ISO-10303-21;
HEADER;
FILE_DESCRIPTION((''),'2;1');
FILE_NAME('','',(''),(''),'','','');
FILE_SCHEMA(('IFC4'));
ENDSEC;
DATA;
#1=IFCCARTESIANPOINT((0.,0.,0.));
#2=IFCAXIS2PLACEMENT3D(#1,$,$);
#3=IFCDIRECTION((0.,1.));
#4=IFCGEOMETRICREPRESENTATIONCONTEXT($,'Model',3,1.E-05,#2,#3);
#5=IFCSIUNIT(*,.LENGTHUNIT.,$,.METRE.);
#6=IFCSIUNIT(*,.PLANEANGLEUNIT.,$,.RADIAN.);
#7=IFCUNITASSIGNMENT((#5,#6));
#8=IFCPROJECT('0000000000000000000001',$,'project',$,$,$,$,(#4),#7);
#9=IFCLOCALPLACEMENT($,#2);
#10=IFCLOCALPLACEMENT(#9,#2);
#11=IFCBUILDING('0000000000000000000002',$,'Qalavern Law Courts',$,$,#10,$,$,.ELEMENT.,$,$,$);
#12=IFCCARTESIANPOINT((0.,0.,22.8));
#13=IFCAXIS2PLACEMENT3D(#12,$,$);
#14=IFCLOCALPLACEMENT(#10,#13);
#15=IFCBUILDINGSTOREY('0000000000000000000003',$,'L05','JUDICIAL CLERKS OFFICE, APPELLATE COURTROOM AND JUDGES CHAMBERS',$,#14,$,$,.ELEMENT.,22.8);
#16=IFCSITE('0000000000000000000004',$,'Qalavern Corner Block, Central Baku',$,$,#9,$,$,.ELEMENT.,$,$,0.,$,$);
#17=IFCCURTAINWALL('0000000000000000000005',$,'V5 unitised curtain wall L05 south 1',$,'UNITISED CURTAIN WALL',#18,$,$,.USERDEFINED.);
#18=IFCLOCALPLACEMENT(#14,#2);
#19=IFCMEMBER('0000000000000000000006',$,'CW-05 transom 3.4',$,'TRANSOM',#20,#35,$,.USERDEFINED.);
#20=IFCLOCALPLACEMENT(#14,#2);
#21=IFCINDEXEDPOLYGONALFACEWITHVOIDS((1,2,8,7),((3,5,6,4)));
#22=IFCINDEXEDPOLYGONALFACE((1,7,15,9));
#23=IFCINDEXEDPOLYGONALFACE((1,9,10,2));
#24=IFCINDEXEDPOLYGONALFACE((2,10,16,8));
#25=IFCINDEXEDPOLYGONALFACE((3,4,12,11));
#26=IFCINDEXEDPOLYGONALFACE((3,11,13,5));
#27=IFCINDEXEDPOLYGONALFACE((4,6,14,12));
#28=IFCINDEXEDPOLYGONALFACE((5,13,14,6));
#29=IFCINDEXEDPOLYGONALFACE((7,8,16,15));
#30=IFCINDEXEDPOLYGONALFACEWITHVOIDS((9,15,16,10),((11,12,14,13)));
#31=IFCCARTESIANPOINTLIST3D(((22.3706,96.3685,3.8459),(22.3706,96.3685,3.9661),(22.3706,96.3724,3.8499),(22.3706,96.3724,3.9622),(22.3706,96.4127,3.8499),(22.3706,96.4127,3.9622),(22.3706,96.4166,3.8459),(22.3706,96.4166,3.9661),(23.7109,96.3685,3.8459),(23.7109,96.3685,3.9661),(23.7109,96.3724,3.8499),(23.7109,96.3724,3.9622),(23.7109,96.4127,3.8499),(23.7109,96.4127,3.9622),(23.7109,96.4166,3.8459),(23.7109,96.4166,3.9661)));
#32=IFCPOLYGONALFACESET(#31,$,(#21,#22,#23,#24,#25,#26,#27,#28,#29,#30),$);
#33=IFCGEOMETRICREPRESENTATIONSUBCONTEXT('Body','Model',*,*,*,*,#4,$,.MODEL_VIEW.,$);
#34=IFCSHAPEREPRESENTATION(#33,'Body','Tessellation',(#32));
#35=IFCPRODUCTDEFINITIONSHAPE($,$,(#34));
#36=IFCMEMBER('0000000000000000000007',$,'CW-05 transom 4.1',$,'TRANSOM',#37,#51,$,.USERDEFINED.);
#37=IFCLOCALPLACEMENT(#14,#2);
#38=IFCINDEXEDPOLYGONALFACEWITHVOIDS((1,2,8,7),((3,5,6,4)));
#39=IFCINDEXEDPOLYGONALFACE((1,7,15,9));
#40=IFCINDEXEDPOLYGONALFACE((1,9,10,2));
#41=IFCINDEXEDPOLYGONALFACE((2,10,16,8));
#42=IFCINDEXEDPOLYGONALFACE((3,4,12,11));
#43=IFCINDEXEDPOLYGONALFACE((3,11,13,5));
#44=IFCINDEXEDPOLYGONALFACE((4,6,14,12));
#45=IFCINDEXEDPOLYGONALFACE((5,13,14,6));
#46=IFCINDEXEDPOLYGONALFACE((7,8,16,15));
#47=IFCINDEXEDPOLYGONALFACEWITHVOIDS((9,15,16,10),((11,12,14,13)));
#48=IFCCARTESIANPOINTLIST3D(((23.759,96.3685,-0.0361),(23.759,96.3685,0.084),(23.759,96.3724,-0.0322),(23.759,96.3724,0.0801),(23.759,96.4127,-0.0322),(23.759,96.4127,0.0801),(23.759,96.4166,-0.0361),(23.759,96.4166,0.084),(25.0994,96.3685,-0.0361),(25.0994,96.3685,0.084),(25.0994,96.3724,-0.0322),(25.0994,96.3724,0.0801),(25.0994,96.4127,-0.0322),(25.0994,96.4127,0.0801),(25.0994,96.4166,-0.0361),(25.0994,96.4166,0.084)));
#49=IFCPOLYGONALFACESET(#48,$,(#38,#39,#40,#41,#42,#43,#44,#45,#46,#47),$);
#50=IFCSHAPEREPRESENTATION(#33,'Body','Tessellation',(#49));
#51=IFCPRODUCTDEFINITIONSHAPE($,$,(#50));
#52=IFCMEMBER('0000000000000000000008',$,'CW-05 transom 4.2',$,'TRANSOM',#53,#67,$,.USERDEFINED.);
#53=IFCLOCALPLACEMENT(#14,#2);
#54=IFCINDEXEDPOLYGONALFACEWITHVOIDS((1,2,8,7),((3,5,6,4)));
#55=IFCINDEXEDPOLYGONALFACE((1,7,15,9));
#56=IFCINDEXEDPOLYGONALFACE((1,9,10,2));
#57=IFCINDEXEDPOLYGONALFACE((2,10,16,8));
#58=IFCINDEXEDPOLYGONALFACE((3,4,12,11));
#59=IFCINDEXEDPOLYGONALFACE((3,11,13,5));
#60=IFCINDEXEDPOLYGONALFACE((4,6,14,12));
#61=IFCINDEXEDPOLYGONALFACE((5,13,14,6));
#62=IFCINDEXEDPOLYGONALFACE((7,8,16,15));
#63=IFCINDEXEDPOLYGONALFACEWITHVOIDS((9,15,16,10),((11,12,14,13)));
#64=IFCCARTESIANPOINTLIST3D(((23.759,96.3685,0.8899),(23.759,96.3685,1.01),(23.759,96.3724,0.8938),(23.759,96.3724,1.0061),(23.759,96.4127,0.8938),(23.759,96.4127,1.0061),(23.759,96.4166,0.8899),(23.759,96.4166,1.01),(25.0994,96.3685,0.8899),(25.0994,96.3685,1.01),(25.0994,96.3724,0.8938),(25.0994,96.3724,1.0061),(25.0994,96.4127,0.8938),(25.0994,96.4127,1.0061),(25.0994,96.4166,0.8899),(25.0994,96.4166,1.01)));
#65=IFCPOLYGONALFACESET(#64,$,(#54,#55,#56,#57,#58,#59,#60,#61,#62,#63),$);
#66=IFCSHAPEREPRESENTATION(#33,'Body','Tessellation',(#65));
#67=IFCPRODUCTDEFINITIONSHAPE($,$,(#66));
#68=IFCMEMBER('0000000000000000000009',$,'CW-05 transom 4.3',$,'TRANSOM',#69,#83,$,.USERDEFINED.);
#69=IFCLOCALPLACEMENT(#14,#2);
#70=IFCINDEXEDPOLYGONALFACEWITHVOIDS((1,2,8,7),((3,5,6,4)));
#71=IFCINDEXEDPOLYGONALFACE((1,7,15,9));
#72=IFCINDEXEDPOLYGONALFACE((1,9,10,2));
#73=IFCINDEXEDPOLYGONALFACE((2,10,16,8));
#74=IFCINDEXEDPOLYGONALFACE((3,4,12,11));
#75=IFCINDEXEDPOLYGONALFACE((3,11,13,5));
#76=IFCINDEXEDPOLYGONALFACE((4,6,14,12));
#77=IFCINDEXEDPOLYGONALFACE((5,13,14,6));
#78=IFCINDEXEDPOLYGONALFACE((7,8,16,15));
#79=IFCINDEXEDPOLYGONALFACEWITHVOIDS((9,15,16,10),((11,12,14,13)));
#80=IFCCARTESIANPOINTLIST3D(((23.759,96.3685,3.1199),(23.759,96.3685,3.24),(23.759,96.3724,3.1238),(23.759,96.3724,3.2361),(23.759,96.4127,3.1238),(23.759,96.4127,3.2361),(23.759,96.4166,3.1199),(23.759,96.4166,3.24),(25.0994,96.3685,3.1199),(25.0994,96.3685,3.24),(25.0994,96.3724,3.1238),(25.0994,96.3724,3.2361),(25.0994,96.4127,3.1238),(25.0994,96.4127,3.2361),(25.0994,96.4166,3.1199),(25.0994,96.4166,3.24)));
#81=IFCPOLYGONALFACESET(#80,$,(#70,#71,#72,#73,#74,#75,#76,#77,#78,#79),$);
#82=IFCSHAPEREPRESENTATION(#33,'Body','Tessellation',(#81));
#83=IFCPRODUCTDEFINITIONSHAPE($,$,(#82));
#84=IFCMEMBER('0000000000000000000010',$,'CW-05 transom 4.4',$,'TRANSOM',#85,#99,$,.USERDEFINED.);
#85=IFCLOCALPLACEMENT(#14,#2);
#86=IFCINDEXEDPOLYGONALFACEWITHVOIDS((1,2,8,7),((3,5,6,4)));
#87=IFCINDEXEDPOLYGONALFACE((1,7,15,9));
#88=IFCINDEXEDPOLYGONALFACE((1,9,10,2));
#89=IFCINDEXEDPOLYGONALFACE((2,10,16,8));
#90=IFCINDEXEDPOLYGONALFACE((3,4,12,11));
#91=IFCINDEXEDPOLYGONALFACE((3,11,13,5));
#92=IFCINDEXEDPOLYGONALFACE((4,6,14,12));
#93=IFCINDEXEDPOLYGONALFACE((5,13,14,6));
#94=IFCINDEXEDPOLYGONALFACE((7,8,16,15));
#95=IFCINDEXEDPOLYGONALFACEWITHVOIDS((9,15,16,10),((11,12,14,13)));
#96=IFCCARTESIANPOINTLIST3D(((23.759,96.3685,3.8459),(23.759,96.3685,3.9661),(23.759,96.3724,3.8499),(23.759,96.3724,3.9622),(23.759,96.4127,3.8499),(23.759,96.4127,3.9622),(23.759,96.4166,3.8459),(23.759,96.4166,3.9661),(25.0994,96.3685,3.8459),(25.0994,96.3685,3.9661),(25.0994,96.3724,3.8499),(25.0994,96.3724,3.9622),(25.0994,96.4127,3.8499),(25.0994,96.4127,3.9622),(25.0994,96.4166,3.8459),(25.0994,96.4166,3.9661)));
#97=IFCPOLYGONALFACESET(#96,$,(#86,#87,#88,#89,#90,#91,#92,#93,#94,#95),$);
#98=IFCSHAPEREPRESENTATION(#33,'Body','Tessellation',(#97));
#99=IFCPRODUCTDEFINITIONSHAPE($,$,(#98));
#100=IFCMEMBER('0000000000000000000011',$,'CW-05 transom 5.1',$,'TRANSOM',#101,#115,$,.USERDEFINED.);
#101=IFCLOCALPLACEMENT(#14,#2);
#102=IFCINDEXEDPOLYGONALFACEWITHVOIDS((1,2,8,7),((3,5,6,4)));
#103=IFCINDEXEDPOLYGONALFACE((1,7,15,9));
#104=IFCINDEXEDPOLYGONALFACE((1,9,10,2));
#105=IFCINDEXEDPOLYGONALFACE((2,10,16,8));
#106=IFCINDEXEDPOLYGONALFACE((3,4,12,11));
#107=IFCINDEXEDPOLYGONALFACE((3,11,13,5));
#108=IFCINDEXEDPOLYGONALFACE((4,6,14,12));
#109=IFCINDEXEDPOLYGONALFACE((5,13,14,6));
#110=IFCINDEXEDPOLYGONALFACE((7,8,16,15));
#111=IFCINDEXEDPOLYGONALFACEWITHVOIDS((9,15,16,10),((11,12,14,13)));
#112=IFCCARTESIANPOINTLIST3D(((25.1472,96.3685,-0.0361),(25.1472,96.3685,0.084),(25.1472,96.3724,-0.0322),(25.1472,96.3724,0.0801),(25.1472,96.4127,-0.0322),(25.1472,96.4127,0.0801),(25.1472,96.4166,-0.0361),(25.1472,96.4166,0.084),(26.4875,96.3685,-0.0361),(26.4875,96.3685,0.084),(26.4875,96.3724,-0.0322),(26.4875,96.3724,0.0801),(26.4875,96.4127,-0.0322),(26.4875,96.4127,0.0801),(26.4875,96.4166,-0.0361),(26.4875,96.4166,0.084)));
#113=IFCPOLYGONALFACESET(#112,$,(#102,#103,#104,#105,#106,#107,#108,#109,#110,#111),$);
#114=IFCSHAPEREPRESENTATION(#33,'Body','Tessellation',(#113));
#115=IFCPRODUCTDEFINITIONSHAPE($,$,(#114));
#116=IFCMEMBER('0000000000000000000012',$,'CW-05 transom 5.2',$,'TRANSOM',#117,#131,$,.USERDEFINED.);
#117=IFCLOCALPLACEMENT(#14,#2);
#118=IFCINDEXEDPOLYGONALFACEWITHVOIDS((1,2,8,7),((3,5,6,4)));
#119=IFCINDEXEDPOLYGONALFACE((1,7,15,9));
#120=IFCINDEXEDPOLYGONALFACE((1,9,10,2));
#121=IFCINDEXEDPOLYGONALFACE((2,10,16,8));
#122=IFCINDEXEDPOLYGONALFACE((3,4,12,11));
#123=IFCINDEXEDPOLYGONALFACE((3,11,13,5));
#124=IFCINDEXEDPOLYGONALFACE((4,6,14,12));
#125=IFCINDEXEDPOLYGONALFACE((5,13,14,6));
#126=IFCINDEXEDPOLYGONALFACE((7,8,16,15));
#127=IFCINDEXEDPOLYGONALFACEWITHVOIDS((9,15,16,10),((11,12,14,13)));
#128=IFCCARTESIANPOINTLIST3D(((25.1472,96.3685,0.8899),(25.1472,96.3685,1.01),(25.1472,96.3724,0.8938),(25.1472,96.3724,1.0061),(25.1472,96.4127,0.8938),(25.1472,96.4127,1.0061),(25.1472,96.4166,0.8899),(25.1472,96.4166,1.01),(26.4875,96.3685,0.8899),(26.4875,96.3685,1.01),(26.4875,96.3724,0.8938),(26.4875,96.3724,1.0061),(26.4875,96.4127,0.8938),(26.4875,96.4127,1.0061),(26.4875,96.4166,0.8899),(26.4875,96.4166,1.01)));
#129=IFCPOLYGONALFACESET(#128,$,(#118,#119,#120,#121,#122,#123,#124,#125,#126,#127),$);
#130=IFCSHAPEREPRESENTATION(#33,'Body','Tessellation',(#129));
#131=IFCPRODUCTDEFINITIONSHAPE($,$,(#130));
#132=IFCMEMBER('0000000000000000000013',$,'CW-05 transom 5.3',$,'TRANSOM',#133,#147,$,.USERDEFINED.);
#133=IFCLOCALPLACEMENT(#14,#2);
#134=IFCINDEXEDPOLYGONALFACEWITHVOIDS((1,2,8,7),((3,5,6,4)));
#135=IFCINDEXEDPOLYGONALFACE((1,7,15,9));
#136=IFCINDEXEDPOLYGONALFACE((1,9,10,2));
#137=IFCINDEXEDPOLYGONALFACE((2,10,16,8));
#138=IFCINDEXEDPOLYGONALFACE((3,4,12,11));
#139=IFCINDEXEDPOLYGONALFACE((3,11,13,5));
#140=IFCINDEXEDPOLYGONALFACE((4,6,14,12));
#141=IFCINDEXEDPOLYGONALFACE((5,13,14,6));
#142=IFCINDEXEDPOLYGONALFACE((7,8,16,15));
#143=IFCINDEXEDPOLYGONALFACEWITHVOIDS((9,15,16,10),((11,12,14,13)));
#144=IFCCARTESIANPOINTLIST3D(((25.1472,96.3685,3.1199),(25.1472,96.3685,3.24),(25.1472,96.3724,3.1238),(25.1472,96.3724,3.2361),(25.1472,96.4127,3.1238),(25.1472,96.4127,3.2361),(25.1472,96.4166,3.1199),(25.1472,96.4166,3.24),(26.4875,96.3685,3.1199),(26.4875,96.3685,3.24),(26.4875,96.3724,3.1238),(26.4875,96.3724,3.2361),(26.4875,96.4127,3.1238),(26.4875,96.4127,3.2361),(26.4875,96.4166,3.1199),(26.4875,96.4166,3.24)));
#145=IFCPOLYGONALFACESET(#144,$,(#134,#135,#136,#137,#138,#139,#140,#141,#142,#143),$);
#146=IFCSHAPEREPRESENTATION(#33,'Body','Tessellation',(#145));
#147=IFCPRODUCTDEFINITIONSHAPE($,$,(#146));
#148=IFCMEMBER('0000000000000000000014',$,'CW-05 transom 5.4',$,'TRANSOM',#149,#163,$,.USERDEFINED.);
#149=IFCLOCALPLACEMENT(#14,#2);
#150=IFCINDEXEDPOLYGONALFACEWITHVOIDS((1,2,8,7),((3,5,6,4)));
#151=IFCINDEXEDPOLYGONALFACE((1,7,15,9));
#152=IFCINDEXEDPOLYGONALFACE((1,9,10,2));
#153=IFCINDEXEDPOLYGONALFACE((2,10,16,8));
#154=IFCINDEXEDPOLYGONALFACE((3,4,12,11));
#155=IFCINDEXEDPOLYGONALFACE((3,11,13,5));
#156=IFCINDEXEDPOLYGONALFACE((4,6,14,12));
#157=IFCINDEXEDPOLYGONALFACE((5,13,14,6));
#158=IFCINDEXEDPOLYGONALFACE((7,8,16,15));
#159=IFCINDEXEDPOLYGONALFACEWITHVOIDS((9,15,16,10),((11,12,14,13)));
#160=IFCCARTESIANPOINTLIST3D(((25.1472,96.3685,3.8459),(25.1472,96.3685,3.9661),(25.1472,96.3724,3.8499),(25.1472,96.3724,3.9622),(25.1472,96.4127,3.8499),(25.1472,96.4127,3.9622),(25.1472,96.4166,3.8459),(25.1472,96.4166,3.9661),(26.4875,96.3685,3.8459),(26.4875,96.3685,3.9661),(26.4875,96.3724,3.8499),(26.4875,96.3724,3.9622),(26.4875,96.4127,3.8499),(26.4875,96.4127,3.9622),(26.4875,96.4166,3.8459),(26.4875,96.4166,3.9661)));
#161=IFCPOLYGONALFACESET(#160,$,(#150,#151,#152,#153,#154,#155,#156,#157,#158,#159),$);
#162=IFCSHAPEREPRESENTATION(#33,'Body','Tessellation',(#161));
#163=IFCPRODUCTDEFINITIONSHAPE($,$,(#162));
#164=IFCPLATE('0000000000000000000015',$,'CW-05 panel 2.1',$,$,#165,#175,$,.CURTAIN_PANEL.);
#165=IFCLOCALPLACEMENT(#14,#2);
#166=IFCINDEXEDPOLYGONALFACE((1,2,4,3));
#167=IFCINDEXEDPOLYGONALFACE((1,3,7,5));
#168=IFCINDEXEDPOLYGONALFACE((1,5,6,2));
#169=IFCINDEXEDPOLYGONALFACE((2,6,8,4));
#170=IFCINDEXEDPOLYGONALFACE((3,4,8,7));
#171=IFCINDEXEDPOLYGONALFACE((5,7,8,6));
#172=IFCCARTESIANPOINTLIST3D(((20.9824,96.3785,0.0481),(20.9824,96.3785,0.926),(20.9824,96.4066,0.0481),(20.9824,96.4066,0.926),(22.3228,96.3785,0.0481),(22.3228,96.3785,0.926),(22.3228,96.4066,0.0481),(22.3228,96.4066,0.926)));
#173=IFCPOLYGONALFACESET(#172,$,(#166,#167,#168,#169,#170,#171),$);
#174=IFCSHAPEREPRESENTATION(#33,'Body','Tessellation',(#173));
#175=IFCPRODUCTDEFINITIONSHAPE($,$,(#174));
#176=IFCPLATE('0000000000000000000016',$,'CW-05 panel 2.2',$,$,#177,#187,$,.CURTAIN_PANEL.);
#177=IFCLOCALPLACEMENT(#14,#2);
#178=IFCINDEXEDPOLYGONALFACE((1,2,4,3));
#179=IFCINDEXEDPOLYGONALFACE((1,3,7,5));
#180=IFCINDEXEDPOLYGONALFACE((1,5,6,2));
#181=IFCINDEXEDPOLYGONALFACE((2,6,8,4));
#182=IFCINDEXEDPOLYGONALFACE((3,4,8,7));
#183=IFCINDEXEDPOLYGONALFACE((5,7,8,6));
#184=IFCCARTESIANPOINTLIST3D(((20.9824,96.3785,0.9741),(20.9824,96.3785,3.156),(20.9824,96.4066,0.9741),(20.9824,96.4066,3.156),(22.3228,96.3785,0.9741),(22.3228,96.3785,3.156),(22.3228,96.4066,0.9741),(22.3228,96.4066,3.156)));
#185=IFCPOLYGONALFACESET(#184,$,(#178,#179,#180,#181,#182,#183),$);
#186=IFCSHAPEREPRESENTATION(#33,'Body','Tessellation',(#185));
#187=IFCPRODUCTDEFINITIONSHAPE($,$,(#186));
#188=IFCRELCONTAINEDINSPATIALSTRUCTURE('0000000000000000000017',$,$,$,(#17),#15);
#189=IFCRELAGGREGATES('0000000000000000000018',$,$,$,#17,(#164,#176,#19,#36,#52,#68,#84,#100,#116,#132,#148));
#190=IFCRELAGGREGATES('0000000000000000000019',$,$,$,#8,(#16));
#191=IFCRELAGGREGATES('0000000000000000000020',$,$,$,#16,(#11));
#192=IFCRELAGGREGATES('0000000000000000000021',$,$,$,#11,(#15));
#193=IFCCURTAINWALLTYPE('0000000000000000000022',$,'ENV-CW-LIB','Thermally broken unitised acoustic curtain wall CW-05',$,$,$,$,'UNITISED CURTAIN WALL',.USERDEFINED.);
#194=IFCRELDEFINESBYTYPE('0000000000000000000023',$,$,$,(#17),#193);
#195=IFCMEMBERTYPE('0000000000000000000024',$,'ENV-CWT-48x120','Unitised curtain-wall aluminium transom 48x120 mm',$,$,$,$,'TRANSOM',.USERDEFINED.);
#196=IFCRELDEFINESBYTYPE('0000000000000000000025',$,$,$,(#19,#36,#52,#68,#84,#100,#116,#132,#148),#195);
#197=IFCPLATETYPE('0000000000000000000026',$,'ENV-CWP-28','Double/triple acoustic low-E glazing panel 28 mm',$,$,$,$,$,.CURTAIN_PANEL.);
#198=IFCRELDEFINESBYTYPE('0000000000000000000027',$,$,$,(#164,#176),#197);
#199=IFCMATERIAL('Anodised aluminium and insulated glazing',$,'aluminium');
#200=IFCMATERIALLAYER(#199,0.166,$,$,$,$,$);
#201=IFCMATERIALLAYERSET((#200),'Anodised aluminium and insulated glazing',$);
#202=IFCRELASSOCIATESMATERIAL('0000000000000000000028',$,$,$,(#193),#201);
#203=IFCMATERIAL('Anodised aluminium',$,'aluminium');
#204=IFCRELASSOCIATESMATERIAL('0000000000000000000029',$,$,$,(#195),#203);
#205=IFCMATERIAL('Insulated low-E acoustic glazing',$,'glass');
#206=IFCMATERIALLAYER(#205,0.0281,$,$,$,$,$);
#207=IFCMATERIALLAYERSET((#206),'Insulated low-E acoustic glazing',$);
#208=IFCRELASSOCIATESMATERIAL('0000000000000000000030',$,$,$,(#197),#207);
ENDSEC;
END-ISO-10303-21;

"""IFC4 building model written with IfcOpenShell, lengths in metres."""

from ifc_helpers import new_model, si_unit, direction, frame, origin, origin_2d, place, context, subcontext, project, spatial, rectangle, hollow_rectangle, extrude, material, layer, layer_set, material_profile, profile_set, type_object, element, aggregate, save


model = new_model("IFC4")

# Units and contexts
model_context = context("Model", 3, precision=1e-05, world=origin(), true_north=direction((0.0, 1.0)))
body_context = subcontext(model_context, "Body", "Model", "MODEL_VIEW")
ifc_project = project(units=[si_unit("LENGTHUNIT", "METRE"), si_unit("PLANEANGLEUNIT", "RADIAN")], contexts=[model_context])

# Site, building, storey
site_placement = place(None, origin())
site = spatial("IfcSite", under=ifc_project, at=site_placement, Name="Qalavern Corner Block, Central Baku", CompositionType="ELEMENT", RefElevation=0.0)
building_placement = place(site_placement, origin())
building = spatial("IfcBuilding", under=site, at=building_placement, Name="Qalavern Law Courts", CompositionType="ELEMENT")
storey_placement = place(building_placement, frame((0.0, 0.0, 22.8)))
storey = spatial("IfcBuildingStorey", under=building, at=storey_placement, Name="L05", Description="JUDICIAL CLERKS OFFICE, APPELLATE COURTROOM AND JUDGES CHAMBERS", CompositionType="ELEMENT", Elevation=22.8)

# Curtain wall, members, plates
ifc_material_1 = material(Name="Anodised aluminium and insulated glazing", Category="aluminium")
ifc_layer_1 = layer(ifc_material_1, 0.166)
ifc_layer_set_1 = layer_set([ifc_layer_1], Name="Anodised aluminium and insulated glazing")
curtain_wall_type = type_object("IfcCurtainWallType", Name="ENV-CW-LIB", Description="Thermally broken unitised acoustic curtain wall CW-05", ElementType="UNITISED CURTAIN WALL", PredefinedType="USERDEFINED", material=ifc_layer_set_1)
curtain_wall_placement = place(storey_placement, origin())
curtain_wall = element("IfcCurtainWall", 1, at=curtain_wall_placement, inside=storey, type_object=curtain_wall_type, Name="V5 unitised curtain wall L05 south 1", ObjectType="UNITISED CURTAIN WALL", PredefinedType="USERDEFINED")
ifc_material_2 = material(Name="Anodised aluminium", Category="aluminium")
ifc_material_profile_1 = material_profile(ifc_material_2, hollow_rectangle(XDim=0.0481, YDim=0.1201, WallThickness=0.0039, at=origin_2d()), Name="ALU TRANSOM 48x120")
ifc_profile_set_1 = profile_set([ifc_material_profile_1], Name="Anodised aluminium")
member_type_1 = type_object("IfcMemberType", Name="ENV-CWT-48x120", Description="Unitised curtain-wall aluminium transom 48x120 mm", ElementType="TRANSOM", PredefinedType="USERDEFINED", material=ifc_profile_set_1)
member_1_placement = place(storey_placement, frame((22.3706, 96.3926, 3.906), z_axis=(1.0, 0.0, 0.0), x_axis=(0.0, 1.0, 0.0)))
member_1 = element("IfcMember", 2, at=member_1_placement, type_object=member_type_1, Name="CW-05 transom 3.4", ObjectType="TRANSOM", PredefinedType="USERDEFINED", context=body_context, shape_type="SweptSolid", body=[
    extrude(hollow_rectangle(XDim=0.0481, YDim=0.1201, WallThickness=0.0039, at=origin_2d()), origin(), (0.0, 0.0, 1.0), 1.3403),
])
member_2_placement = place(storey_placement, frame((23.759, 96.3926, 0.0239), z_axis=(1.0, 0.0, 0.0), x_axis=(0.0, 1.0, 0.0)))
member_2 = element("IfcMember", 3, at=member_2_placement, type_object=member_type_1, Name="CW-05 transom 4.1", ObjectType="TRANSOM", PredefinedType="USERDEFINED", context=body_context, shape_type="SweptSolid", body=[
    extrude(hollow_rectangle(XDim=0.0481, YDim=0.1201, WallThickness=0.0039, at=origin_2d()), origin(), (0.0, 0.0, 1.0), 1.3403),
])
member_3_placement = place(storey_placement, frame((23.759, 96.3926, 0.95), z_axis=(1.0, 0.0, 0.0), x_axis=(0.0, 1.0, 0.0)))
member_3 = element("IfcMember", 4, at=member_3_placement, type_object=member_type_1, Name="CW-05 transom 4.2", ObjectType="TRANSOM", PredefinedType="USERDEFINED", context=body_context, shape_type="SweptSolid", body=[
    extrude(hollow_rectangle(XDim=0.0481, YDim=0.1201, WallThickness=0.0039, at=origin_2d()), origin(), (0.0, 0.0, 1.0), 1.3403),
])
member_4_placement = place(storey_placement, frame((23.759, 96.3926, 3.1799), z_axis=(1.0, 0.0, 0.0), x_axis=(0.0, 1.0, 0.0)))
member_4 = element("IfcMember", 5, at=member_4_placement, type_object=member_type_1, Name="CW-05 transom 4.3", ObjectType="TRANSOM", PredefinedType="USERDEFINED", context=body_context, shape_type="SweptSolid", body=[
    extrude(hollow_rectangle(XDim=0.0481, YDim=0.1201, WallThickness=0.0039, at=origin_2d()), origin(), (0.0, 0.0, 1.0), 1.3403),
])
member_5_placement = place(storey_placement, frame((23.759, 96.3926, 3.906), z_axis=(1.0, 0.0, 0.0), x_axis=(0.0, 1.0, 0.0)))
member_5 = element("IfcMember", 6, at=member_5_placement, type_object=member_type_1, Name="CW-05 transom 4.4", ObjectType="TRANSOM", PredefinedType="USERDEFINED", context=body_context, shape_type="SweptSolid", body=[
    extrude(hollow_rectangle(XDim=0.0481, YDim=0.1201, WallThickness=0.0039, at=origin_2d()), origin(), (0.0, 0.0, 1.0), 1.3403),
])
member_6_placement = place(storey_placement, frame((25.1472, 96.3926, 0.0239), z_axis=(1.0, 0.0, 0.0), x_axis=(0.0, 1.0, 0.0)))
member_6 = element("IfcMember", 7, at=member_6_placement, type_object=member_type_1, Name="CW-05 transom 5.1", ObjectType="TRANSOM", PredefinedType="USERDEFINED", context=body_context, shape_type="SweptSolid", body=[
    extrude(hollow_rectangle(XDim=0.0481, YDim=0.1201, WallThickness=0.0039, at=origin_2d()), origin(), (0.0, 0.0, 1.0), 1.3403),
])
member_7_placement = place(storey_placement, frame((25.1472, 96.3926, 0.95), z_axis=(1.0, 0.0, 0.0), x_axis=(0.0, 1.0, 0.0)))
member_7 = element("IfcMember", 8, at=member_7_placement, type_object=member_type_1, Name="CW-05 transom 5.2", ObjectType="TRANSOM", PredefinedType="USERDEFINED", context=body_context, shape_type="SweptSolid", body=[
    extrude(hollow_rectangle(XDim=0.0481, YDim=0.1201, WallThickness=0.0039, at=origin_2d()), origin(), (0.0, 0.0, 1.0), 1.3403),
])
member_8_placement = place(storey_placement, frame((25.1472, 96.3926, 3.1799), z_axis=(1.0, 0.0, 0.0), x_axis=(0.0, 1.0, 0.0)))
member_8 = element("IfcMember", 9, at=member_8_placement, type_object=member_type_1, Name="CW-05 transom 5.3", ObjectType="TRANSOM", PredefinedType="USERDEFINED", context=body_context, shape_type="SweptSolid", body=[
    extrude(hollow_rectangle(XDim=0.0481, YDim=0.1201, WallThickness=0.0039, at=origin_2d()), origin(), (0.0, 0.0, 1.0), 1.3403),
])
member_9_placement = place(storey_placement, frame((25.1472, 96.3926, 3.906), z_axis=(1.0, 0.0, 0.0), x_axis=(0.0, 1.0, 0.0)))
member_9 = element("IfcMember", 10, at=member_9_placement, type_object=member_type_1, Name="CW-05 transom 5.4", ObjectType="TRANSOM", PredefinedType="USERDEFINED", context=body_context, shape_type="SweptSolid", body=[
    extrude(hollow_rectangle(XDim=0.0481, YDim=0.1201, WallThickness=0.0039, at=origin_2d()), origin(), (0.0, 0.0, 1.0), 1.3403),
])
ifc_material_3 = material(Name="Insulated low-E acoustic glazing", Category="glass")
ifc_layer_2 = layer(ifc_material_3, 0.0281)
ifc_layer_set_2 = layer_set([ifc_layer_2], Name="Insulated low-E acoustic glazing")
plate_type = type_object("IfcPlateType", Name="ENV-CWP-28", Description="Double/triple acoustic low-E glazing panel 28 mm", PredefinedType="CURTAIN_PANEL", material=ifc_layer_set_2)
plate_1_placement = place(storey_placement, frame((21.6526, 96.3926, 0.0481), z_axis=(0.0, 0.0, 1.0), x_axis=(1.0, 0.0, 0.0)))
plate_1 = element("IfcPlate", 11, at=plate_1_placement, type_object=plate_type, Name="CW-05 panel 2.1", PredefinedType="CURTAIN_PANEL", context=body_context, shape_type="SweptSolid", body=[
    extrude(rectangle(XDim=1.3403, YDim=0.0281, at=origin_2d()), origin(), (0.0, 0.0, 1.0), 0.8779),
])
plate_2_placement = place(storey_placement, frame((21.6526, 96.3926, 0.9741), z_axis=(0.0, 0.0, 1.0), x_axis=(1.0, 0.0, 0.0)))
plate_2 = element("IfcPlate", 12, at=plate_2_placement, type_object=plate_type, Name="CW-05 panel 2.2", PredefinedType="CURTAIN_PANEL", context=body_context, shape_type="SweptSolid", body=[
    extrude(rectangle(XDim=1.3403, YDim=0.0281, at=origin_2d()), origin(), (0.0, 0.0, 1.0), 2.1819),
])
aggregate(curtain_wall, [plate_1, plate_2, member_1, member_2, member_3, member_4, member_5, member_6, member_7, member_8, member_9])

save(model, "model.ifc")
